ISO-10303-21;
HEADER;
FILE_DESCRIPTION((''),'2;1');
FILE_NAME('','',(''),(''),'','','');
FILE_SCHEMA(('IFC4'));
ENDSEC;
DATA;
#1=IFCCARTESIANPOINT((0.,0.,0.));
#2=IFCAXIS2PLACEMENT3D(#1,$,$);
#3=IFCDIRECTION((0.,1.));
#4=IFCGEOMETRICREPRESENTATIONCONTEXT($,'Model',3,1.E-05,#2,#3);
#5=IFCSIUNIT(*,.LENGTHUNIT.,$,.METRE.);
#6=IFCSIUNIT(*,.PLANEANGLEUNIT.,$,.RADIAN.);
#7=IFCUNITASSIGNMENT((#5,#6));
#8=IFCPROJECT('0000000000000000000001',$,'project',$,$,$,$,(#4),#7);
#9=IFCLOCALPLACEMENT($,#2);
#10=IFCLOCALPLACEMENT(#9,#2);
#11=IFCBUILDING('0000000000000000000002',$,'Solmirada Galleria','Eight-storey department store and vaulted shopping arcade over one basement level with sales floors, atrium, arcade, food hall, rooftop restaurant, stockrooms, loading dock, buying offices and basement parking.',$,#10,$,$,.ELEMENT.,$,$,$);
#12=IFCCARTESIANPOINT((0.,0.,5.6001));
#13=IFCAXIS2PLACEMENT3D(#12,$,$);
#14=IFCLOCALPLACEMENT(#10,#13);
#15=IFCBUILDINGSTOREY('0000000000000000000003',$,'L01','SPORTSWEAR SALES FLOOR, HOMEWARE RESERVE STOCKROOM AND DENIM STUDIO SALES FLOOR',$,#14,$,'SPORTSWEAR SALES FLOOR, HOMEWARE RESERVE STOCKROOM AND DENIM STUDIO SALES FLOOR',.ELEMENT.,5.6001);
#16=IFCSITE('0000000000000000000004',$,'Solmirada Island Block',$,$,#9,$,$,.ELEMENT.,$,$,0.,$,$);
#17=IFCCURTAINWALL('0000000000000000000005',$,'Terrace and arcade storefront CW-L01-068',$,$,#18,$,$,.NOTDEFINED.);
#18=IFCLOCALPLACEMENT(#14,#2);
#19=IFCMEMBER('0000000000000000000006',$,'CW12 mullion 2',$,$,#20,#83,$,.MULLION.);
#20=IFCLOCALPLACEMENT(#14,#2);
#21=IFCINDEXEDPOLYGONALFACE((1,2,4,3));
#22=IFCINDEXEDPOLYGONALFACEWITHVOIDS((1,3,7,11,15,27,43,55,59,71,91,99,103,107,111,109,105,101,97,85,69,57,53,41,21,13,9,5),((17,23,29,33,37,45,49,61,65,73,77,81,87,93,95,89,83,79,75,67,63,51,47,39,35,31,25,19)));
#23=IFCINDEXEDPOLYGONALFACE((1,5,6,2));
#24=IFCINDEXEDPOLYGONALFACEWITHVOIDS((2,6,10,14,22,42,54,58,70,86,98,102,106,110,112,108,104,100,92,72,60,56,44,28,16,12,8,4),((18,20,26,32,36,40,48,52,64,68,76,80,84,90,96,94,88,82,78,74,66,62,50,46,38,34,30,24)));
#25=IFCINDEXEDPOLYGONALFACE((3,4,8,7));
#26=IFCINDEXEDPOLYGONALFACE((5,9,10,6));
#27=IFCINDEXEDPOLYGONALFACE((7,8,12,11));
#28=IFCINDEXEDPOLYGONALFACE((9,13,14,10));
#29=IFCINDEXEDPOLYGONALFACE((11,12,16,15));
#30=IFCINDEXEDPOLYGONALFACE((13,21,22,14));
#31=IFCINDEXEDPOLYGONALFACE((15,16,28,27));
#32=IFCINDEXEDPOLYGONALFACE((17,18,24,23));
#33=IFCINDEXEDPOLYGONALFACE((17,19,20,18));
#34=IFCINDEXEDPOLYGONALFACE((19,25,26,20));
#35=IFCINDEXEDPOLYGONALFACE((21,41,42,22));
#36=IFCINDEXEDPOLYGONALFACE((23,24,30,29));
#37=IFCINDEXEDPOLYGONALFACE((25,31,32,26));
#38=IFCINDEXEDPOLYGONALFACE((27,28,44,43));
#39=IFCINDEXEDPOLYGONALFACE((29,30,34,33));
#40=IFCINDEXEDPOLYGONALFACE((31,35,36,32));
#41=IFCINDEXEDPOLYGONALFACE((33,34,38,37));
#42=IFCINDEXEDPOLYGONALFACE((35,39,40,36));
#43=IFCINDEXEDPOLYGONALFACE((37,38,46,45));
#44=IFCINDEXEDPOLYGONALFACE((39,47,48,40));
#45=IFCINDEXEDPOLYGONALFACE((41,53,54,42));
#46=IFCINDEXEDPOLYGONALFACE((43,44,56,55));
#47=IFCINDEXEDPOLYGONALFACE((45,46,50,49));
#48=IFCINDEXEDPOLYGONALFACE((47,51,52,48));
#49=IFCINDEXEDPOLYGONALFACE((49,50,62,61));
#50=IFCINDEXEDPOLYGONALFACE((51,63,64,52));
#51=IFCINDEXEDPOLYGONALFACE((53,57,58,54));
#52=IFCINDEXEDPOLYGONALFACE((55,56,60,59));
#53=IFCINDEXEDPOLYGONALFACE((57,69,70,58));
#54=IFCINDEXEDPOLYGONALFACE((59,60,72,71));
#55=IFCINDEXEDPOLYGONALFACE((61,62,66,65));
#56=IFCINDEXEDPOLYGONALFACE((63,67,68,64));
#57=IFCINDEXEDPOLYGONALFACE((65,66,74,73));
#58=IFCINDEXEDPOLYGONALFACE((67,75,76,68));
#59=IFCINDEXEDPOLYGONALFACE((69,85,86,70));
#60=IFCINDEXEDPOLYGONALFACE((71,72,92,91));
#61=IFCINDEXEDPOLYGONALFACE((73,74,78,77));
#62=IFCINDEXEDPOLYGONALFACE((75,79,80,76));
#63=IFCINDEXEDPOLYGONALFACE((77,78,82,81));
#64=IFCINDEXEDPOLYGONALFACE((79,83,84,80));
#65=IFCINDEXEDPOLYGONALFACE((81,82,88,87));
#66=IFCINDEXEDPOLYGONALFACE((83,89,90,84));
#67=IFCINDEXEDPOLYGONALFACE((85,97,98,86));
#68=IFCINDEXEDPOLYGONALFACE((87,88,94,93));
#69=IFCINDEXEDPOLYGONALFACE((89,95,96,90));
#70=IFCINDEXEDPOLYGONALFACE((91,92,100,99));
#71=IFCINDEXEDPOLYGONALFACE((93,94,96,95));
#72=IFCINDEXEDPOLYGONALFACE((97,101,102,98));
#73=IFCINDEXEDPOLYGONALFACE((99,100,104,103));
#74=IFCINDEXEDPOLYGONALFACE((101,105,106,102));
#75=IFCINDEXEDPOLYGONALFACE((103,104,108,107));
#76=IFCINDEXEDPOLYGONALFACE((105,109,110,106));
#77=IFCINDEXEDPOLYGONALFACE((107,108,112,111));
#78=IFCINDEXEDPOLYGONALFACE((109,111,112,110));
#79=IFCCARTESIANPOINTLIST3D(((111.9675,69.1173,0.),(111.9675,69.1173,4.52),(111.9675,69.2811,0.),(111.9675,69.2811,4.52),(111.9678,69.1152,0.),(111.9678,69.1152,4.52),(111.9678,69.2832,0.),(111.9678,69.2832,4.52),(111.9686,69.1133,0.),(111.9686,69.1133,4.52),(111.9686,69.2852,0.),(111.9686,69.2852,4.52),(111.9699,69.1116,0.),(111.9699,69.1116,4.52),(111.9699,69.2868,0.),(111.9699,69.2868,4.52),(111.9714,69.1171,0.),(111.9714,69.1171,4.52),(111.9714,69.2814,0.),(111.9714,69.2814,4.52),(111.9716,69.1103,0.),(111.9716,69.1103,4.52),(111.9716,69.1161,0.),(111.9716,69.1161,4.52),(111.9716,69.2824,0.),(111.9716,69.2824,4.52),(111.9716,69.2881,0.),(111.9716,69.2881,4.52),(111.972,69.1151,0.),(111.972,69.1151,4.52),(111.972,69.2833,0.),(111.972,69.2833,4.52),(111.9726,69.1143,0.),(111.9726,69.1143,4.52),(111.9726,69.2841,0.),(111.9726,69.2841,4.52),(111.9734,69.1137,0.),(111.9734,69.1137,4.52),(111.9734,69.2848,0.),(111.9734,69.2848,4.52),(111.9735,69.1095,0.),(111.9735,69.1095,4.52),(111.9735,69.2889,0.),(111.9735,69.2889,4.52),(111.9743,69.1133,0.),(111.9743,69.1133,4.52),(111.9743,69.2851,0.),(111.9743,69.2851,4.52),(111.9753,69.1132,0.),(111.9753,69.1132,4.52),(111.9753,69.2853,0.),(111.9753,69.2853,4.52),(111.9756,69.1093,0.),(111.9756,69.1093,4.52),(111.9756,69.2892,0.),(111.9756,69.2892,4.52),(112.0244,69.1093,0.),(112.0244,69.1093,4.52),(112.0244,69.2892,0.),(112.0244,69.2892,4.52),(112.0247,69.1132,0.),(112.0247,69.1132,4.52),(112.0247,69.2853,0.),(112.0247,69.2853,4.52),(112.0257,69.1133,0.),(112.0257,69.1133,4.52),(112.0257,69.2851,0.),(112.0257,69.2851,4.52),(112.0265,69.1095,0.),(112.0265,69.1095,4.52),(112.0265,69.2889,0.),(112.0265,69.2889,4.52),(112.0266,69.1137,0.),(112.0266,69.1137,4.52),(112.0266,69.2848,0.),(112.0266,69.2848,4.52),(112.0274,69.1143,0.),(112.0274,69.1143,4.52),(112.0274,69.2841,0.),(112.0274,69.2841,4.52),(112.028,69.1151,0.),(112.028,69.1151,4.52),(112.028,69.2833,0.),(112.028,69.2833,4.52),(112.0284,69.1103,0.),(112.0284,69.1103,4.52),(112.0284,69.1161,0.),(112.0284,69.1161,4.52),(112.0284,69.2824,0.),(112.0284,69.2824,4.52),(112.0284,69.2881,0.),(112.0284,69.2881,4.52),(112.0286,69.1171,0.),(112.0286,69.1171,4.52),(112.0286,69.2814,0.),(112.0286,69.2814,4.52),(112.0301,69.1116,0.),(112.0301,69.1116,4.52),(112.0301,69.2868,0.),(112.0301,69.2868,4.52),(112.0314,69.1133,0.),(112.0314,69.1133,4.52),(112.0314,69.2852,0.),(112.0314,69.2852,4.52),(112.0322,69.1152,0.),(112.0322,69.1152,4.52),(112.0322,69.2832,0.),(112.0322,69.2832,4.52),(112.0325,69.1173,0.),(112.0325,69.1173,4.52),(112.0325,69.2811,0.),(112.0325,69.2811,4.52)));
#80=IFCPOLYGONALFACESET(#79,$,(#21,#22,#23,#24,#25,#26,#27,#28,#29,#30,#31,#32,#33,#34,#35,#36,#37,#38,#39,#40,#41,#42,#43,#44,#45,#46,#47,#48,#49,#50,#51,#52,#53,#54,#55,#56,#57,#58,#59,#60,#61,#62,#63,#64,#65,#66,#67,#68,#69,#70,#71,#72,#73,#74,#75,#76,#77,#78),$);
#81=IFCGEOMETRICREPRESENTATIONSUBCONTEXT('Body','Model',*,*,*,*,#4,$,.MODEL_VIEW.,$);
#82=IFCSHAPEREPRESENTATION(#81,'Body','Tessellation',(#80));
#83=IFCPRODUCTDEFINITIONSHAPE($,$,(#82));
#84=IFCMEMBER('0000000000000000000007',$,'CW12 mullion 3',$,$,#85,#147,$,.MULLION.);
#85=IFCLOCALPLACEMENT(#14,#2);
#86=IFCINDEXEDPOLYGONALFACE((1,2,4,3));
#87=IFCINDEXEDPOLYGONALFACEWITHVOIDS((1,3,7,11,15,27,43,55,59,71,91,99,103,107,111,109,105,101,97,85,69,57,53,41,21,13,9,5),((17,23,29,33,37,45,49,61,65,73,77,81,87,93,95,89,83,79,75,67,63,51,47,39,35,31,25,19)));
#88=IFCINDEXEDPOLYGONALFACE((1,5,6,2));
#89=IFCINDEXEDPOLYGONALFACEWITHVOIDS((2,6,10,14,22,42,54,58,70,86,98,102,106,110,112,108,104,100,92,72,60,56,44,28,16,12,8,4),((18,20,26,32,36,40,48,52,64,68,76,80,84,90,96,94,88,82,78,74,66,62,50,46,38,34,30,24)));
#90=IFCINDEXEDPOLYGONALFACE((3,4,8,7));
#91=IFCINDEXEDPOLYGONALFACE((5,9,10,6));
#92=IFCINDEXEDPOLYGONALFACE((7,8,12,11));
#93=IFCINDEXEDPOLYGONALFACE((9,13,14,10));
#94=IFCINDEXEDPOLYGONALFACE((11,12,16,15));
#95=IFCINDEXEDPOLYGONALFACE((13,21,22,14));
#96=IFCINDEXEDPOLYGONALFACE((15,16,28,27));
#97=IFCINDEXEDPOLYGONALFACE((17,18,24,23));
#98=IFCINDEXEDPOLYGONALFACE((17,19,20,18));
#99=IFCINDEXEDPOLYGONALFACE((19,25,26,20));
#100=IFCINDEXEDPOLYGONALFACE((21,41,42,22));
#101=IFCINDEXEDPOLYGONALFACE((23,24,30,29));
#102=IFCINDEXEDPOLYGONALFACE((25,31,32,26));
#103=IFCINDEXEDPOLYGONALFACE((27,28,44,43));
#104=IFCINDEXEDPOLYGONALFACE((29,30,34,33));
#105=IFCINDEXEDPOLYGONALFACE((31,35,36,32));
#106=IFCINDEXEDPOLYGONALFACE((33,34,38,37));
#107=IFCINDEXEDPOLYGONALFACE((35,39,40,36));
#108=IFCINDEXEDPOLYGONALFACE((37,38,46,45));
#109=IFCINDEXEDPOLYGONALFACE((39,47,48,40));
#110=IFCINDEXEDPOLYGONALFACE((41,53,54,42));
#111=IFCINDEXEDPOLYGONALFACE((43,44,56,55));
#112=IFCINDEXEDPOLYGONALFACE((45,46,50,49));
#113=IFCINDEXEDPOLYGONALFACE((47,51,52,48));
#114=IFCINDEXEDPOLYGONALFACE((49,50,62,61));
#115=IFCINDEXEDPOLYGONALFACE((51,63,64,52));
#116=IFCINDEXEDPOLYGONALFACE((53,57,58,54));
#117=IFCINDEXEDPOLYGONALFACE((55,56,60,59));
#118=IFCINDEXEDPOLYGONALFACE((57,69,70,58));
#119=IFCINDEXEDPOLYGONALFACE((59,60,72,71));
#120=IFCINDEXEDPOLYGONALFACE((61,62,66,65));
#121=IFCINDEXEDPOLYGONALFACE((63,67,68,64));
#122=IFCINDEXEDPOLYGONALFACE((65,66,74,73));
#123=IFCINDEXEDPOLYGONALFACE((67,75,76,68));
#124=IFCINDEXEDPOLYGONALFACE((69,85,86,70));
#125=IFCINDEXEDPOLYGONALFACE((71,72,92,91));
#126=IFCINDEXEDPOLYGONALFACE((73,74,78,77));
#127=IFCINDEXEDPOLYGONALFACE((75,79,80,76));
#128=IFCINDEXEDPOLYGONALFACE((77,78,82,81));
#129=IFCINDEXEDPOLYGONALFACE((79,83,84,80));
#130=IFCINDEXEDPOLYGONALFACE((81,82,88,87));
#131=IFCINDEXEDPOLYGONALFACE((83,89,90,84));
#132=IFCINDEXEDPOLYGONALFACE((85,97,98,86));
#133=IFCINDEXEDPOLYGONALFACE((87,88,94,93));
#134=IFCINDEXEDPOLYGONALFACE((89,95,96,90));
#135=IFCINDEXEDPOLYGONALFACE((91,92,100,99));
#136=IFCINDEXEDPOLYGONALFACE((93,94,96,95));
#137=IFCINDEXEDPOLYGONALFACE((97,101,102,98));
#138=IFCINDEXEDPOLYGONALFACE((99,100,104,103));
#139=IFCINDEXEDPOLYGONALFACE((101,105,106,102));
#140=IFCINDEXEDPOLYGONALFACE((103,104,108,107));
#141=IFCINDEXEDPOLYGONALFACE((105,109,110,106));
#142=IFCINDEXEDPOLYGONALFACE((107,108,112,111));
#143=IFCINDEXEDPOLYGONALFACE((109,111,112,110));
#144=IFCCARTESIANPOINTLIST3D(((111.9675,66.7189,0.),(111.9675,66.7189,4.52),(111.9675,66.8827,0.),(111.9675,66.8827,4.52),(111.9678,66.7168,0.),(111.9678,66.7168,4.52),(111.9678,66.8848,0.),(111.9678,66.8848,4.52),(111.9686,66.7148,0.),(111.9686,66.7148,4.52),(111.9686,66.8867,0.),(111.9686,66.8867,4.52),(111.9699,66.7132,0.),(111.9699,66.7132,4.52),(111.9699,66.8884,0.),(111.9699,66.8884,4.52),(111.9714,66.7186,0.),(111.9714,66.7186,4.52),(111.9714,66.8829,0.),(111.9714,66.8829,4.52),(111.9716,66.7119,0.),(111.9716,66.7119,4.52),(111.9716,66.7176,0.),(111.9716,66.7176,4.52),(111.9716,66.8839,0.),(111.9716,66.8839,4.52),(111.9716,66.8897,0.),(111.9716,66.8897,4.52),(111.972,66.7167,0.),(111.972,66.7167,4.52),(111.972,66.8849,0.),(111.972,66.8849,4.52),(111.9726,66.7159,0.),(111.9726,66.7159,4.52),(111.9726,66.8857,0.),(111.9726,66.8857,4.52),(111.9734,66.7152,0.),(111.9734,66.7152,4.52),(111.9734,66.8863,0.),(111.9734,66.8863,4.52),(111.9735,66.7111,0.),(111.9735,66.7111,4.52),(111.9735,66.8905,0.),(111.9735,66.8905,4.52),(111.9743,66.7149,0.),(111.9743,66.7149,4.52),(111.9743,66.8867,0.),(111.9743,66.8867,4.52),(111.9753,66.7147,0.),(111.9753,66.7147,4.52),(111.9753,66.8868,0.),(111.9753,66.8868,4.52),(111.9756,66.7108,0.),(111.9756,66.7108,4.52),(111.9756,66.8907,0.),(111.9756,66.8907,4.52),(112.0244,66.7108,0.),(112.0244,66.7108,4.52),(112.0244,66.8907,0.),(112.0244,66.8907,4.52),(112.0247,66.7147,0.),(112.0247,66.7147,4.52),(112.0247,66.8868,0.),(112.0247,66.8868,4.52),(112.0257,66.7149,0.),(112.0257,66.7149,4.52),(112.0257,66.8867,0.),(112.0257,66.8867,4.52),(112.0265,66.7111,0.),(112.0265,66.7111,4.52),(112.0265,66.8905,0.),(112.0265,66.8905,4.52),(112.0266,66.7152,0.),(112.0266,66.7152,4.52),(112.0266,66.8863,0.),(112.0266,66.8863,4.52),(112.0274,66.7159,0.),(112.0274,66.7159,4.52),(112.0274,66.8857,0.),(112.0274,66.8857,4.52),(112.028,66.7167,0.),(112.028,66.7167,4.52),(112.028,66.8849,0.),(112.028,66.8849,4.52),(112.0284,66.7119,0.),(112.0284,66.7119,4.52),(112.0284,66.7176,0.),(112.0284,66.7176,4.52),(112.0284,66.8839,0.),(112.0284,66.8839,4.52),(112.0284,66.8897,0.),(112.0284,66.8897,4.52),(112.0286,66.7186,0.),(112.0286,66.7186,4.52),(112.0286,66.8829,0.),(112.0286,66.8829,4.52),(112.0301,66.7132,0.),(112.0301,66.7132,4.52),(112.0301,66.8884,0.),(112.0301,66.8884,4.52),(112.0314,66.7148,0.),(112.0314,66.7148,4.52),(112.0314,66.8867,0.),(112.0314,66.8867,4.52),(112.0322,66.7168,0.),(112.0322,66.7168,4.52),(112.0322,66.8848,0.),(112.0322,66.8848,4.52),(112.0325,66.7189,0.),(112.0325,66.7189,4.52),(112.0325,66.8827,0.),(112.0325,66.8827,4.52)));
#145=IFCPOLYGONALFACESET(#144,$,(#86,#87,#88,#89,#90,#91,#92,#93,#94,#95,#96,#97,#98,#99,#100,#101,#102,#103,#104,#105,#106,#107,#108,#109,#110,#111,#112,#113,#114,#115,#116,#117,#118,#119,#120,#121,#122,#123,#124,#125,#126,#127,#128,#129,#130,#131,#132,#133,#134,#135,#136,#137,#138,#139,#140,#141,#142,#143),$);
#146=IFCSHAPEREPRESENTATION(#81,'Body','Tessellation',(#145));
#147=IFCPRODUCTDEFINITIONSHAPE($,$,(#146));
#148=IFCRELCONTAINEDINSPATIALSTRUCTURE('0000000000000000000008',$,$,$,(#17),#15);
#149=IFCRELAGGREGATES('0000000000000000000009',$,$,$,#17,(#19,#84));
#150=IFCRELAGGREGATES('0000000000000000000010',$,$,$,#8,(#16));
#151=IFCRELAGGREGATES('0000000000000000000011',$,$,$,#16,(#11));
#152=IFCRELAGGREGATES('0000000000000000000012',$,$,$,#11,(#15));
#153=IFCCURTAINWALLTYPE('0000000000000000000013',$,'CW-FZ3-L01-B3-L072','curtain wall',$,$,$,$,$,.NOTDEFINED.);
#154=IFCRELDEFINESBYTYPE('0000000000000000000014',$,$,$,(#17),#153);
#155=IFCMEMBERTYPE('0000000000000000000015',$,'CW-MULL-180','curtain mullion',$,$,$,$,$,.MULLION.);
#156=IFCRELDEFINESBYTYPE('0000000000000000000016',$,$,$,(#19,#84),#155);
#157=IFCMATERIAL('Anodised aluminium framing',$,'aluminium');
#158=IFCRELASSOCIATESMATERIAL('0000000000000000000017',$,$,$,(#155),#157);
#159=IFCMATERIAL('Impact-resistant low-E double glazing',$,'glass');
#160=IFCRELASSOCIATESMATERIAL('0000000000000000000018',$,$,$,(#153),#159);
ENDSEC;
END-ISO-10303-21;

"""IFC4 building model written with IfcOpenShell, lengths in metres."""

from ifc_helpers import new_model, si_unit, direction, frame, origin, origin_2d, place, context, subcontext, project, spatial, hollow_rectangle, extrude, material, material_profile, profile_set, type_object, element, aggregate, save


model = new_model("IFC4")

# Units and contexts
model_context = context("Model", 3, precision=1e-05, world=origin(), true_north=direction((0.0, 1.0)))
body_context = subcontext(model_context, "Body", "Model", "MODEL_VIEW")
ifc_project = project(units=[si_unit("LENGTHUNIT", "METRE"), si_unit("PLANEANGLEUNIT", "RADIAN")], contexts=[model_context])

# Site, building, storey
site_placement = place(None, origin())
site = spatial("IfcSite", under=ifc_project, at=site_placement, Name="Solmirada Island Block", CompositionType="ELEMENT", RefElevation=0.0)
building_placement = place(site_placement, origin())
building = spatial("IfcBuilding", under=site, at=building_placement, Name="Solmirada Galleria", Description="Eight-storey department store and vaulted shopping arcade over one basement level with sales floors, atrium, arcade, food hall, rooftop restaurant, stockrooms, loading dock, buying offices and basement parking.", CompositionType="ELEMENT")
storey_placement = place(building_placement, frame((0.0, 0.0, 5.6001)))
storey = spatial("IfcBuildingStorey", under=building, at=storey_placement, Name="L01", Description="SPORTSWEAR SALES FLOOR, HOMEWARE RESERVE STOCKROOM AND DENIM STUDIO SALES FLOOR", LongName="SPORTSWEAR SALES FLOOR, HOMEWARE RESERVE STOCKROOM AND DENIM STUDIO SALES FLOOR", CompositionType="ELEMENT", Elevation=5.6001)

# Shared definitions
ifc_material_1 = material(Name="Impact-resistant low-E double glazing", Category="glass")
ifc_material_2 = material(Name="Anodised aluminium framing", Category="aluminium")
ifc_material_profile_1 = material_profile(ifc_material_2, hollow_rectangle(XDim=0.0649, YDim=0.1799, WallThickness=0.0039, InnerFilletRadius=0.0039, OuterFilletRadius=0.0081, at=origin_2d()), Name="ALU-MULL-180X65")
ifc_profile_set_1 = profile_set([ifc_material_profile_1], Name="Anodised aluminium framing")
member_type_1 = type_object("IfcMemberType", Name="CW-MULL-180", Description="curtain mullion", PredefinedType="MULLION", material=ifc_profile_set_1)

# Curtain wall, members
curtain_wall_type_1 = type_object("IfcCurtainWallType", Name="CW-FZ3-L01-B3-L072", Description="curtain wall", PredefinedType="NOTDEFINED", material=ifc_material_1)
curtain_wall_1_placement = place(storey_placement, origin())
curtain_wall_1 = element("IfcCurtainWall", 1, at=curtain_wall_1_placement, inside=storey, type_object=curtain_wall_type_1, Name="Terrace and arcade storefront CW-L01-068", PredefinedType="NOTDEFINED")
member_1_placement = place(storey_placement, frame((112.0, 69.1992, 0.0), z_axis=(0.0, 0.0, 1.0), x_axis=(1.0, 0.0, 0.0)))
member_1 = element("IfcMember", 2, at=member_1_placement, type_object=member_type_1, Name="CW12 mullion 2", PredefinedType="MULLION", context=body_context, shape_type="SweptSolid", body=[
    extrude(hollow_rectangle(XDim=0.0649, YDim=0.1799, WallThickness=0.0039, InnerFilletRadius=0.0039, OuterFilletRadius=0.0081, at=origin_2d()), origin(), (0.0, 0.0, 1.0), 4.52),
])
member_2_placement = place(storey_placement, frame((112.0, 66.8008, 0.0), z_axis=(0.0, 0.0, 1.0), x_axis=(1.0, 0.0, 0.0)))
member_2 = element("IfcMember", 3, at=member_2_placement, type_object=member_type_1, Name="CW12 mullion 3", PredefinedType="MULLION", context=body_context, shape_type="SweptSolid", body=[
    extrude(hollow_rectangle(XDim=0.0649, YDim=0.1799, WallThickness=0.0039, InnerFilletRadius=0.0039, OuterFilletRadius=0.0081, at=origin_2d()), origin(), (0.0, 0.0, 1.0), 4.52),
])

aggregate(curtain_wall_1, [member_1, member_2])

save(model, "model.ifc")
